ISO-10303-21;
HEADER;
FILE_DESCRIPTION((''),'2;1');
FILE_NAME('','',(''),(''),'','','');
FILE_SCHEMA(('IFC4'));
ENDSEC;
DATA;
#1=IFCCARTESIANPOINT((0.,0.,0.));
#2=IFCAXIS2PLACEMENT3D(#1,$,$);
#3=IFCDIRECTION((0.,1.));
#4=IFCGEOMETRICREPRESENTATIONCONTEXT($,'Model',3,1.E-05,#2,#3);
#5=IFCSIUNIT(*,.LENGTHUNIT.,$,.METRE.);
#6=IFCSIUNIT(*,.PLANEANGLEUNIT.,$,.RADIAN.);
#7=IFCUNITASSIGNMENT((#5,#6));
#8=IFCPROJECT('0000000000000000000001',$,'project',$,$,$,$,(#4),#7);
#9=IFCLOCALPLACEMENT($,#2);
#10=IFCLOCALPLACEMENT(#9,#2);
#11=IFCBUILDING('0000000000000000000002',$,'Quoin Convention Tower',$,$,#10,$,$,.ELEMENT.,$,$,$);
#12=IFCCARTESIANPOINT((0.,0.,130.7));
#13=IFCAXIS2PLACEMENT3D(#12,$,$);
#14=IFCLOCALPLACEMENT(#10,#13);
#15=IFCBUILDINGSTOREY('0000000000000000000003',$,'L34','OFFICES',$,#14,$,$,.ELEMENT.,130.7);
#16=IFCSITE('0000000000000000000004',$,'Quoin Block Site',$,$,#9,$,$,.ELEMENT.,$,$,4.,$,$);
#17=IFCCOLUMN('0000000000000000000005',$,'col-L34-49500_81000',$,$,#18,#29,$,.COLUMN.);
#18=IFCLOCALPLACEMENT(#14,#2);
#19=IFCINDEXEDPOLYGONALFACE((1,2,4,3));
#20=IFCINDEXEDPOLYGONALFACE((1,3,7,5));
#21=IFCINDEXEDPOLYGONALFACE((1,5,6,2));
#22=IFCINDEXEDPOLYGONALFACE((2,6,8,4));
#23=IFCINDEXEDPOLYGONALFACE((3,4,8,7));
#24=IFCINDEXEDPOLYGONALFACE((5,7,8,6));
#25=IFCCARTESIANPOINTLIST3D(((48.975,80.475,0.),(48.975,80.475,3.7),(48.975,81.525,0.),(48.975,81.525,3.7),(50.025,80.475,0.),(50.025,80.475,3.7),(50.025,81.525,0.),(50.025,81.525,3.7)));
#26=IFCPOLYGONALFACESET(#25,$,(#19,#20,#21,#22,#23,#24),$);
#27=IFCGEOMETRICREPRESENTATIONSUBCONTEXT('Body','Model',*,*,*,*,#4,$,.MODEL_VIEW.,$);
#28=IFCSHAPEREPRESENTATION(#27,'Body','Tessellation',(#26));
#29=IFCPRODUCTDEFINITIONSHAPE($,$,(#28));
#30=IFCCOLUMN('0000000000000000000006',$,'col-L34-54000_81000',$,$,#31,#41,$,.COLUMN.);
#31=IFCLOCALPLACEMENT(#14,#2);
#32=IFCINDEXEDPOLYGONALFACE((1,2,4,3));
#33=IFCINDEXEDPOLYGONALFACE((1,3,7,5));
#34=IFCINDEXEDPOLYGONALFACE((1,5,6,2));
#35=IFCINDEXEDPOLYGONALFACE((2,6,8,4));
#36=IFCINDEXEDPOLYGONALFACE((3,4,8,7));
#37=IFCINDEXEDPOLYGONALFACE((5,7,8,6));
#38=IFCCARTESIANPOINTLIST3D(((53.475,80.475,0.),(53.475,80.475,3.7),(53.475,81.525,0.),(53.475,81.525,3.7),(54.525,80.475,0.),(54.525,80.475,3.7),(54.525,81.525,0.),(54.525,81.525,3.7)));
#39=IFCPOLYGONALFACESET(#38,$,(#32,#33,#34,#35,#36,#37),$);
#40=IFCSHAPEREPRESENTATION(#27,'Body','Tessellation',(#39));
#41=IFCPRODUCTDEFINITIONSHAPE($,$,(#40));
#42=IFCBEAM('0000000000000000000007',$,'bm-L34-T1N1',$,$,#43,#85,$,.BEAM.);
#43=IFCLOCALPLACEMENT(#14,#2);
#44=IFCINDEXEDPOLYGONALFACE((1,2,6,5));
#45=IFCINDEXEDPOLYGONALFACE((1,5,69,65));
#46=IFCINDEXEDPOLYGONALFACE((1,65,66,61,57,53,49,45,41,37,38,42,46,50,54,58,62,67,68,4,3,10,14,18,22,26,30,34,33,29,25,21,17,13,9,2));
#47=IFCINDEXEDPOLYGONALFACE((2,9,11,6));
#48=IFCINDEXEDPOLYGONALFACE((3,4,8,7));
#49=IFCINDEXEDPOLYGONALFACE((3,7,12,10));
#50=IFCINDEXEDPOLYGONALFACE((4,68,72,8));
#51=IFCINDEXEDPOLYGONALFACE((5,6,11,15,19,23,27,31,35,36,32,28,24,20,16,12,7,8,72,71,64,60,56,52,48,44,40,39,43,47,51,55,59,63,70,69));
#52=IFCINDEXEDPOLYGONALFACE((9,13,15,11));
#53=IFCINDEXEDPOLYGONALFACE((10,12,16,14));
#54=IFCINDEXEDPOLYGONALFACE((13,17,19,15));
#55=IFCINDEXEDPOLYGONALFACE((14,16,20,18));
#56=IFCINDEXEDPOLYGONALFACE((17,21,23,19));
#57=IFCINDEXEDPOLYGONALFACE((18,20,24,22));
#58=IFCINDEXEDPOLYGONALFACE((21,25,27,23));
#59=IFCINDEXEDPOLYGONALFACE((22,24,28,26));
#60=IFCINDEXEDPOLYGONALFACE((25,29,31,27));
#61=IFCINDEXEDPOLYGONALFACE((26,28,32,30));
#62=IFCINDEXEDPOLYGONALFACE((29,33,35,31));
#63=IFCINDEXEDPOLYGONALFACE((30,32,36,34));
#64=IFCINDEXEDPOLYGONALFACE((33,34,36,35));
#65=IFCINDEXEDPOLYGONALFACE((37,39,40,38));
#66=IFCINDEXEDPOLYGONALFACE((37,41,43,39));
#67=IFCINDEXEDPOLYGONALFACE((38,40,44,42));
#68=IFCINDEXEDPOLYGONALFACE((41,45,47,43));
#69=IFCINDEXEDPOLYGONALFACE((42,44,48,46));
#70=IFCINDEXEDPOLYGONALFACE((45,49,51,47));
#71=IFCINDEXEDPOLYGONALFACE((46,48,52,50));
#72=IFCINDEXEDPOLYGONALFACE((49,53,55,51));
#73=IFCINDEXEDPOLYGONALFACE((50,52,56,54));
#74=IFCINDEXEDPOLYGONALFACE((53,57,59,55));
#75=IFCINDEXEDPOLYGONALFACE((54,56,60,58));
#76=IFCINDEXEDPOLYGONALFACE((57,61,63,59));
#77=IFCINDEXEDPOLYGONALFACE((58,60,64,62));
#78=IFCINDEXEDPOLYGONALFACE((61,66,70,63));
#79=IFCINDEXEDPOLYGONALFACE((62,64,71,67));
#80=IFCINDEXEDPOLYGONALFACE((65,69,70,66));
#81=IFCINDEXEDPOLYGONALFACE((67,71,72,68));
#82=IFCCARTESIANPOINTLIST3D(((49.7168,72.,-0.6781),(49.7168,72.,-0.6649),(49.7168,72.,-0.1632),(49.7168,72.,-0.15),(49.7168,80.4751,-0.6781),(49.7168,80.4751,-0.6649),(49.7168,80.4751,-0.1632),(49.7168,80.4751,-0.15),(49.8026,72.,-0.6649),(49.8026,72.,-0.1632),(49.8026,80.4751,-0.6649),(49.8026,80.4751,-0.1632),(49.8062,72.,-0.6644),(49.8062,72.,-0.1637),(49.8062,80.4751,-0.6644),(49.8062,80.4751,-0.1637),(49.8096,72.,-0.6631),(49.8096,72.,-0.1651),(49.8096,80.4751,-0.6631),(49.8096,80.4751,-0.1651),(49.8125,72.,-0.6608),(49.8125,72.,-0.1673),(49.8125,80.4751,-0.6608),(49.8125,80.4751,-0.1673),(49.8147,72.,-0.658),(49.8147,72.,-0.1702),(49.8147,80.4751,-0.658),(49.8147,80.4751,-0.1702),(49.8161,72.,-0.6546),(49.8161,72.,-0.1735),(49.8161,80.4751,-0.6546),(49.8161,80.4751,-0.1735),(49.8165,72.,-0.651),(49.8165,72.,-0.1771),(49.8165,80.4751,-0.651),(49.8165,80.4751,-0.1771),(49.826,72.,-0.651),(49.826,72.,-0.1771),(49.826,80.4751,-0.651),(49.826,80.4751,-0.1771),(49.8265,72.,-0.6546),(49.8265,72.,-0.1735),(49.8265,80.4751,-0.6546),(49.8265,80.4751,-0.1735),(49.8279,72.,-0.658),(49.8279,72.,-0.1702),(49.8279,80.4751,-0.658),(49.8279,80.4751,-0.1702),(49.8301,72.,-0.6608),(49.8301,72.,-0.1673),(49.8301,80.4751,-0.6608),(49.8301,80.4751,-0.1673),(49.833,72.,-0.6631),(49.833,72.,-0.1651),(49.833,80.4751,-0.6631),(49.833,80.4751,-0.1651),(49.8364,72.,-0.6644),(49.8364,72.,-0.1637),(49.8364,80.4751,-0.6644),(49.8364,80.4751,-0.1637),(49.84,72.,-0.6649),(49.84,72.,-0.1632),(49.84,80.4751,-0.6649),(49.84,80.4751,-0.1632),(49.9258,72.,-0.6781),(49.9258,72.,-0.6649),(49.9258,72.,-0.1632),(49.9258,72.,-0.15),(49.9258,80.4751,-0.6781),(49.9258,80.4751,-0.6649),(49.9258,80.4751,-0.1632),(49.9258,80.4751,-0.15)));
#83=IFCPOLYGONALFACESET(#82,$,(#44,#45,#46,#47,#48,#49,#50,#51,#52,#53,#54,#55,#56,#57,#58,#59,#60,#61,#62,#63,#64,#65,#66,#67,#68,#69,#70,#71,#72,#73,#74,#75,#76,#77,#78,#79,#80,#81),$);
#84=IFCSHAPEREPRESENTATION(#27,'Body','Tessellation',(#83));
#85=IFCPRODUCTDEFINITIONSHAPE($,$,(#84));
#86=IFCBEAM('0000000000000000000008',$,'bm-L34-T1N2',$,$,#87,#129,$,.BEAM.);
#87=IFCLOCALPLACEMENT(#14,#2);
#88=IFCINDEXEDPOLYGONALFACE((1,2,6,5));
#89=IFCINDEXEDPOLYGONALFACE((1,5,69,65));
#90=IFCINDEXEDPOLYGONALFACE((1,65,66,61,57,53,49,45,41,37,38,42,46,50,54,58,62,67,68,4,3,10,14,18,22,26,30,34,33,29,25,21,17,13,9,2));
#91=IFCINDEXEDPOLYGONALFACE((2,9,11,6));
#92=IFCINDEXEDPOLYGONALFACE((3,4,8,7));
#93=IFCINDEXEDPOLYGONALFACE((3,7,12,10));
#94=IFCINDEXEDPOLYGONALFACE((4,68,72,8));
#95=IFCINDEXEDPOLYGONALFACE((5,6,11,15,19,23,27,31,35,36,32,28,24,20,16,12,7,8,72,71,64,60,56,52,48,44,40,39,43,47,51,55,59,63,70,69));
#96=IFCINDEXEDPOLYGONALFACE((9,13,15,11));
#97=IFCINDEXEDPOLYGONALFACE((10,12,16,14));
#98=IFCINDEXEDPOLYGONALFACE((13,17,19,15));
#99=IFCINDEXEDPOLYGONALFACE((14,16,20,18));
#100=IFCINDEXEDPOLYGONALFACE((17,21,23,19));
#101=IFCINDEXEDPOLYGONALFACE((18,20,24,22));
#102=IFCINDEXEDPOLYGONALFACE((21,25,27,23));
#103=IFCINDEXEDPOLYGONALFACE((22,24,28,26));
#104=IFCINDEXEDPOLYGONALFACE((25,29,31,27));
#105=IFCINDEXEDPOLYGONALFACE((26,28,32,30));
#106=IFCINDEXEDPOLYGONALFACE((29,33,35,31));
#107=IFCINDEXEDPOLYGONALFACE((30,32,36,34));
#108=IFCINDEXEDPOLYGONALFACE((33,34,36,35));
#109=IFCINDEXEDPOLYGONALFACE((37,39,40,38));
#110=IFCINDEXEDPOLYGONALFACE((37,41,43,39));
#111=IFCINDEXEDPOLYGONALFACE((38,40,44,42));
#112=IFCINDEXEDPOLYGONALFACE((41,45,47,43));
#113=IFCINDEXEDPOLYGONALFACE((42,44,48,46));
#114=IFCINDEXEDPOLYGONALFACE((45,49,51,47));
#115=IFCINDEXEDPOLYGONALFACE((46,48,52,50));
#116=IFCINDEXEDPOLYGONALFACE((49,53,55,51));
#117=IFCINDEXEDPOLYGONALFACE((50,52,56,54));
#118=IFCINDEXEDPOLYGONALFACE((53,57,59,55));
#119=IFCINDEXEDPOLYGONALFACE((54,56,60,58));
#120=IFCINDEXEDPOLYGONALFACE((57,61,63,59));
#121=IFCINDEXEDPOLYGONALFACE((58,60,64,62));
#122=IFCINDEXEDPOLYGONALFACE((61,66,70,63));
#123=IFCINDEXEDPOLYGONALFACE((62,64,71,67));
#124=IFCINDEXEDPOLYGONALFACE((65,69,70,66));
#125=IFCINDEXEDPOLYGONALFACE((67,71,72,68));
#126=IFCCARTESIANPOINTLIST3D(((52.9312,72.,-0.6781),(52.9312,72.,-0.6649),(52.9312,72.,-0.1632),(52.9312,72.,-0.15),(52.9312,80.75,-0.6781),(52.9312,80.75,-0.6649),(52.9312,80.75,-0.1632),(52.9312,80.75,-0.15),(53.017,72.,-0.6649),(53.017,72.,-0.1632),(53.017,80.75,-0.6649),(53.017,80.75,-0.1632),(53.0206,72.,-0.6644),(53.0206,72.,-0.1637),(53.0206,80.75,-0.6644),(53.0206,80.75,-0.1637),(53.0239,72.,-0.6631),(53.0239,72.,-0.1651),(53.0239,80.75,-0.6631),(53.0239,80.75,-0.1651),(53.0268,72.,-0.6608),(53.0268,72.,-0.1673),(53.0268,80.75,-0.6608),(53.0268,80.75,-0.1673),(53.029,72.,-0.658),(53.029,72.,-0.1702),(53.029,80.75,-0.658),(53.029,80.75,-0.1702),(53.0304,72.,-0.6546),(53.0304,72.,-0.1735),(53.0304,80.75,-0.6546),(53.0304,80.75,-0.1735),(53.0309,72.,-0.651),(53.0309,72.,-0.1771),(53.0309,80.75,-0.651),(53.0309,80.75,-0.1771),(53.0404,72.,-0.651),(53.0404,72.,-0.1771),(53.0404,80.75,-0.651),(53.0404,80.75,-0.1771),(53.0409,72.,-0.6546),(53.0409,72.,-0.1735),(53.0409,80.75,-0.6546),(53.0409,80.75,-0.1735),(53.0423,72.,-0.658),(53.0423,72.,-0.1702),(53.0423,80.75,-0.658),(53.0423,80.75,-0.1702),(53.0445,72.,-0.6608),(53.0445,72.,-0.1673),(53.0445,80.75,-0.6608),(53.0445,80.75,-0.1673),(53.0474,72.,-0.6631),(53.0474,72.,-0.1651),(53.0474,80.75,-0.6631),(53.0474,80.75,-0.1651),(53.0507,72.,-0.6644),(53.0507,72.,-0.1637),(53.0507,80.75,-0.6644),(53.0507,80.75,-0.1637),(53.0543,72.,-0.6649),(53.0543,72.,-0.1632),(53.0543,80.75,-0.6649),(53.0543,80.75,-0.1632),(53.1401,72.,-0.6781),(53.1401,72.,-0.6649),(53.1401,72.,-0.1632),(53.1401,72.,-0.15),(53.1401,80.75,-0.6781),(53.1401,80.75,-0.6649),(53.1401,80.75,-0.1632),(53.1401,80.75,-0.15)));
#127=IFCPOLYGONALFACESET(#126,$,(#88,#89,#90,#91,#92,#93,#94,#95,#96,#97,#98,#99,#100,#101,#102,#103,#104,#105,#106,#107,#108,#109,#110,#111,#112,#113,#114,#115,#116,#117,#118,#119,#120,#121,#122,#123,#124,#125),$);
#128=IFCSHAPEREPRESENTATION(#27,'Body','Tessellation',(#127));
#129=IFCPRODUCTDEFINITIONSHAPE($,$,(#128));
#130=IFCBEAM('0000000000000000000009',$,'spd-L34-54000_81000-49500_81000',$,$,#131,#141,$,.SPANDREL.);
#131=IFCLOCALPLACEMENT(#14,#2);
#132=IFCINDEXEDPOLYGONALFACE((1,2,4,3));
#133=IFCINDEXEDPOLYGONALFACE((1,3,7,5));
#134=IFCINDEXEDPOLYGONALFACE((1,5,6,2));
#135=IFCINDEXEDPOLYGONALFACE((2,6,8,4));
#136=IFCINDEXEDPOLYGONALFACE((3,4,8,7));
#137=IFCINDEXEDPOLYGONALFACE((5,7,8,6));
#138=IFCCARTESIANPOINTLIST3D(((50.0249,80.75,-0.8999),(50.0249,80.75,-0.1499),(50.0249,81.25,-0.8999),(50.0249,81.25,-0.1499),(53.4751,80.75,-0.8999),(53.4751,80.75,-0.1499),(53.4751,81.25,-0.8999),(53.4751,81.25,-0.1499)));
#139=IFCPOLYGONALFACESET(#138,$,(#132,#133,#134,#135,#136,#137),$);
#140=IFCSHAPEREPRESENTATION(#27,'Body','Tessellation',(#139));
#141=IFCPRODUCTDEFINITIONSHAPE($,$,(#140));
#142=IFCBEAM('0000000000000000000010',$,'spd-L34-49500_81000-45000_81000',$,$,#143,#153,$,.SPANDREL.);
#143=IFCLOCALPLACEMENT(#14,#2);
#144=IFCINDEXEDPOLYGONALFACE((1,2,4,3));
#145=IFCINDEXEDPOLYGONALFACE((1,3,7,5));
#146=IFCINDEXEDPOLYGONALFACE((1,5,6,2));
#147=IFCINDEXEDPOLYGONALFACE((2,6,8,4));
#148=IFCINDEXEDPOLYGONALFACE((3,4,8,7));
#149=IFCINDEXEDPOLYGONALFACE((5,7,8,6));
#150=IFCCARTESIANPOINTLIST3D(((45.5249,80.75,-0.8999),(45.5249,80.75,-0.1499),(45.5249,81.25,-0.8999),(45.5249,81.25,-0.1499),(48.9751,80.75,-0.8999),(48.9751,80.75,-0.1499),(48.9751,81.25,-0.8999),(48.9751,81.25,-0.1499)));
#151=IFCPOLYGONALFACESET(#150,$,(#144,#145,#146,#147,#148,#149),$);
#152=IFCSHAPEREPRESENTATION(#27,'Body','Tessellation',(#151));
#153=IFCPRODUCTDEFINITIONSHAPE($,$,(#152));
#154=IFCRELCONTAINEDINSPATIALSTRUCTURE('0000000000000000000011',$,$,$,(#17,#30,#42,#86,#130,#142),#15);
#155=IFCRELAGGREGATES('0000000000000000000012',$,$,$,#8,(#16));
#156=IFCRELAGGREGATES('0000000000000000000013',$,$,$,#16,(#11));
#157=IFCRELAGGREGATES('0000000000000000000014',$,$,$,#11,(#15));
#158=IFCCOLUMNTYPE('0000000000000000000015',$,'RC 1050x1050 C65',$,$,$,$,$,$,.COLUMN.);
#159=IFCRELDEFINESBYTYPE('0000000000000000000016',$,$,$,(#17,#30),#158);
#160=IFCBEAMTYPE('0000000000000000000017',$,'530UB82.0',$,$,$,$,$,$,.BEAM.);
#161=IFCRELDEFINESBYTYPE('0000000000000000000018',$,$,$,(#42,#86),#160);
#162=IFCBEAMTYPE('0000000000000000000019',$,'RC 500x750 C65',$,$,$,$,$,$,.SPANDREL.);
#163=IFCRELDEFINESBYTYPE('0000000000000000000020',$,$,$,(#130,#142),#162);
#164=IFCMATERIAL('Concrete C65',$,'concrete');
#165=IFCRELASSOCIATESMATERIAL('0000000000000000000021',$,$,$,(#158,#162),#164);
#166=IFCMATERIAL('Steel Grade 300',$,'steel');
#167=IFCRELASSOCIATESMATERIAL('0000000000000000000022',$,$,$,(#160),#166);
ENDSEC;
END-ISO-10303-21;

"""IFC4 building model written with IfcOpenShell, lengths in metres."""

from ifc_helpers import new_model, si_unit, direction, frame, origin, origin_2d, place, context, subcontext, project, spatial, rectangle, i_section, extrude, material, material_profile, profile_set, type_object, element, save


model = new_model("IFC4")

# Units and contexts
model_context = context("Model", 3, precision=1e-05, world=origin(), true_north=direction((0.0, 1.0)))
body_context = subcontext(model_context, "Body", "Model", "MODEL_VIEW")
ifc_project = project(units=[si_unit("LENGTHUNIT", "METRE"), si_unit("PLANEANGLEUNIT", "RADIAN")], contexts=[model_context])

# Site, building, storey
site_placement = place(None, origin())
site = spatial("IfcSite", under=ifc_project, at=site_placement, Name="Quoin Block Site", CompositionType="ELEMENT", RefElevation=4.0)
building_placement = place(site_placement, origin())
building = spatial("IfcBuilding", under=site, at=building_placement, Name="Quoin Convention Tower", CompositionType="ELEMENT")
storey_placement = place(building_placement, frame((0.0, 0.0, 130.7)))
storey = spatial("IfcBuildingStorey", under=building, at=storey_placement, Name="L34", Description="OFFICES", CompositionType="ELEMENT", Elevation=130.7)

# Columns
ifc_material_1 = material(Name="Concrete C65", Category="concrete")
ifc_material_profile_1 = material_profile(ifc_material_1, rectangle(XDim=1.05, YDim=1.05, at=origin_2d()), Name="RC 1050x1050")
ifc_profile_set_1 = profile_set([ifc_material_profile_1], Name="Concrete C65")
column_type = type_object("IfcColumnType", Name="RC 1050x1050 C65", PredefinedType="COLUMN", material=ifc_profile_set_1)
for number, where, z_axis, x_axis, name in (
    (1, (49.5, 81.0, 0.0), (0.0, 0.0, 1.0), (1.0, 0.0, 0.0), "col-L34-49500_81000"),
    (2, (54.0, 81.0, 0.0), (0.0, 0.0, 1.0), (1.0, 0.0, 0.0), "col-L34-54000_81000"),
):
    element("IfcColumn", number, at=place(storey_placement, frame(where, z_axis=z_axis, x_axis=x_axis)), inside=storey, type_object=column_type, Name=name, PredefinedType="COLUMN", context=body_context, shape_type="SweptSolid", body=[
        extrude(rectangle(XDim=1.05, YDim=1.05, at=origin_2d()), origin(), (0.0, 0.0, 1.0), 3.7),
    ])

# Beams
ifc_material_2 = material(Name="Steel Grade 300", Category="steel")
ifc_material_profile_2 = material_profile(ifc_material_2, i_section(OverallWidth=0.209, OverallDepth=0.5281, WebThickness=0.0095, FlangeThickness=0.0132, FilletRadius=0.0139, at=origin_2d()), Name="530UB82.0")
ifc_profile_set_2 = profile_set([ifc_material_profile_2], Name="Steel Grade 300")
beam_type_1 = type_object("IfcBeamType", Name="530UB82.0", PredefinedType="BEAM", material=ifc_profile_set_2)
beam_1_placement = place(storey_placement, frame((49.8213, 72.0, -0.4141), z_axis=(0.0, 1.0, 0.0), x_axis=(-1.0, 0.0, 0.0)))
element("IfcBeam", 3, at=beam_1_placement, inside=storey, type_object=beam_type_1, Name="bm-L34-T1N1", PredefinedType="BEAM", context=body_context, shape_type="SweptSolid", body=[
    extrude(i_section(OverallWidth=0.209, OverallDepth=0.5281, WebThickness=0.0095, FlangeThickness=0.0132, FilletRadius=0.0139, at=origin_2d()), origin(), (0.0, 0.0, 1.0), 8.4751),
])
beam_2_placement = place(storey_placement, frame((53.0356, 72.0, -0.4141), z_axis=(0.0, 1.0, 0.0), x_axis=(-1.0, 0.0, 0.0)))
element("IfcBeam", 4, at=beam_2_placement, inside=storey, type_object=beam_type_1, Name="bm-L34-T1N2", PredefinedType="BEAM", context=body_context, shape_type="SweptSolid", body=[
    extrude(i_section(OverallWidth=0.209, OverallDepth=0.5281, WebThickness=0.0095, FlangeThickness=0.0132, FilletRadius=0.0139, at=origin_2d()), origin(), (0.0, 0.0, 1.0), 8.75),
])
ifc_material_profile_3 = material_profile(ifc_material_1, rectangle(XDim=0.5, YDim=0.75, at=origin_2d()), Name="RC 500x750")
ifc_profile_set_3 = profile_set([ifc_material_profile_3], Name="Concrete C65")
beam_type_2 = type_object("IfcBeamType", Name="RC 500x750 C65", PredefinedType="SPANDREL", material=ifc_profile_set_3)
for number, where, z_axis, x_axis, name in (
    (5, (53.4751, 81.0, -0.5249), (-1.0, 0.0, 0.0), (0.0, -1.0, 0.0), "spd-L34-54000_81000-49500_81000"),
    (6, (48.9751, 81.0, -0.5249), (-1.0, 0.0, 0.0), (0.0, -1.0, 0.0), "spd-L34-49500_81000-45000_81000"),
):
    element("IfcBeam", number, at=place(storey_placement, frame(where, z_axis=z_axis, x_axis=x_axis)), inside=storey, type_object=beam_type_2, Name=name, PredefinedType="SPANDREL", context=body_context, shape_type="SweptSolid", body=[
        extrude(rectangle(XDim=0.5, YDim=0.75, at=origin_2d()), origin(), (0.0, 0.0, 1.0), 3.4502),
    ])

save(model, "model.ifc")
